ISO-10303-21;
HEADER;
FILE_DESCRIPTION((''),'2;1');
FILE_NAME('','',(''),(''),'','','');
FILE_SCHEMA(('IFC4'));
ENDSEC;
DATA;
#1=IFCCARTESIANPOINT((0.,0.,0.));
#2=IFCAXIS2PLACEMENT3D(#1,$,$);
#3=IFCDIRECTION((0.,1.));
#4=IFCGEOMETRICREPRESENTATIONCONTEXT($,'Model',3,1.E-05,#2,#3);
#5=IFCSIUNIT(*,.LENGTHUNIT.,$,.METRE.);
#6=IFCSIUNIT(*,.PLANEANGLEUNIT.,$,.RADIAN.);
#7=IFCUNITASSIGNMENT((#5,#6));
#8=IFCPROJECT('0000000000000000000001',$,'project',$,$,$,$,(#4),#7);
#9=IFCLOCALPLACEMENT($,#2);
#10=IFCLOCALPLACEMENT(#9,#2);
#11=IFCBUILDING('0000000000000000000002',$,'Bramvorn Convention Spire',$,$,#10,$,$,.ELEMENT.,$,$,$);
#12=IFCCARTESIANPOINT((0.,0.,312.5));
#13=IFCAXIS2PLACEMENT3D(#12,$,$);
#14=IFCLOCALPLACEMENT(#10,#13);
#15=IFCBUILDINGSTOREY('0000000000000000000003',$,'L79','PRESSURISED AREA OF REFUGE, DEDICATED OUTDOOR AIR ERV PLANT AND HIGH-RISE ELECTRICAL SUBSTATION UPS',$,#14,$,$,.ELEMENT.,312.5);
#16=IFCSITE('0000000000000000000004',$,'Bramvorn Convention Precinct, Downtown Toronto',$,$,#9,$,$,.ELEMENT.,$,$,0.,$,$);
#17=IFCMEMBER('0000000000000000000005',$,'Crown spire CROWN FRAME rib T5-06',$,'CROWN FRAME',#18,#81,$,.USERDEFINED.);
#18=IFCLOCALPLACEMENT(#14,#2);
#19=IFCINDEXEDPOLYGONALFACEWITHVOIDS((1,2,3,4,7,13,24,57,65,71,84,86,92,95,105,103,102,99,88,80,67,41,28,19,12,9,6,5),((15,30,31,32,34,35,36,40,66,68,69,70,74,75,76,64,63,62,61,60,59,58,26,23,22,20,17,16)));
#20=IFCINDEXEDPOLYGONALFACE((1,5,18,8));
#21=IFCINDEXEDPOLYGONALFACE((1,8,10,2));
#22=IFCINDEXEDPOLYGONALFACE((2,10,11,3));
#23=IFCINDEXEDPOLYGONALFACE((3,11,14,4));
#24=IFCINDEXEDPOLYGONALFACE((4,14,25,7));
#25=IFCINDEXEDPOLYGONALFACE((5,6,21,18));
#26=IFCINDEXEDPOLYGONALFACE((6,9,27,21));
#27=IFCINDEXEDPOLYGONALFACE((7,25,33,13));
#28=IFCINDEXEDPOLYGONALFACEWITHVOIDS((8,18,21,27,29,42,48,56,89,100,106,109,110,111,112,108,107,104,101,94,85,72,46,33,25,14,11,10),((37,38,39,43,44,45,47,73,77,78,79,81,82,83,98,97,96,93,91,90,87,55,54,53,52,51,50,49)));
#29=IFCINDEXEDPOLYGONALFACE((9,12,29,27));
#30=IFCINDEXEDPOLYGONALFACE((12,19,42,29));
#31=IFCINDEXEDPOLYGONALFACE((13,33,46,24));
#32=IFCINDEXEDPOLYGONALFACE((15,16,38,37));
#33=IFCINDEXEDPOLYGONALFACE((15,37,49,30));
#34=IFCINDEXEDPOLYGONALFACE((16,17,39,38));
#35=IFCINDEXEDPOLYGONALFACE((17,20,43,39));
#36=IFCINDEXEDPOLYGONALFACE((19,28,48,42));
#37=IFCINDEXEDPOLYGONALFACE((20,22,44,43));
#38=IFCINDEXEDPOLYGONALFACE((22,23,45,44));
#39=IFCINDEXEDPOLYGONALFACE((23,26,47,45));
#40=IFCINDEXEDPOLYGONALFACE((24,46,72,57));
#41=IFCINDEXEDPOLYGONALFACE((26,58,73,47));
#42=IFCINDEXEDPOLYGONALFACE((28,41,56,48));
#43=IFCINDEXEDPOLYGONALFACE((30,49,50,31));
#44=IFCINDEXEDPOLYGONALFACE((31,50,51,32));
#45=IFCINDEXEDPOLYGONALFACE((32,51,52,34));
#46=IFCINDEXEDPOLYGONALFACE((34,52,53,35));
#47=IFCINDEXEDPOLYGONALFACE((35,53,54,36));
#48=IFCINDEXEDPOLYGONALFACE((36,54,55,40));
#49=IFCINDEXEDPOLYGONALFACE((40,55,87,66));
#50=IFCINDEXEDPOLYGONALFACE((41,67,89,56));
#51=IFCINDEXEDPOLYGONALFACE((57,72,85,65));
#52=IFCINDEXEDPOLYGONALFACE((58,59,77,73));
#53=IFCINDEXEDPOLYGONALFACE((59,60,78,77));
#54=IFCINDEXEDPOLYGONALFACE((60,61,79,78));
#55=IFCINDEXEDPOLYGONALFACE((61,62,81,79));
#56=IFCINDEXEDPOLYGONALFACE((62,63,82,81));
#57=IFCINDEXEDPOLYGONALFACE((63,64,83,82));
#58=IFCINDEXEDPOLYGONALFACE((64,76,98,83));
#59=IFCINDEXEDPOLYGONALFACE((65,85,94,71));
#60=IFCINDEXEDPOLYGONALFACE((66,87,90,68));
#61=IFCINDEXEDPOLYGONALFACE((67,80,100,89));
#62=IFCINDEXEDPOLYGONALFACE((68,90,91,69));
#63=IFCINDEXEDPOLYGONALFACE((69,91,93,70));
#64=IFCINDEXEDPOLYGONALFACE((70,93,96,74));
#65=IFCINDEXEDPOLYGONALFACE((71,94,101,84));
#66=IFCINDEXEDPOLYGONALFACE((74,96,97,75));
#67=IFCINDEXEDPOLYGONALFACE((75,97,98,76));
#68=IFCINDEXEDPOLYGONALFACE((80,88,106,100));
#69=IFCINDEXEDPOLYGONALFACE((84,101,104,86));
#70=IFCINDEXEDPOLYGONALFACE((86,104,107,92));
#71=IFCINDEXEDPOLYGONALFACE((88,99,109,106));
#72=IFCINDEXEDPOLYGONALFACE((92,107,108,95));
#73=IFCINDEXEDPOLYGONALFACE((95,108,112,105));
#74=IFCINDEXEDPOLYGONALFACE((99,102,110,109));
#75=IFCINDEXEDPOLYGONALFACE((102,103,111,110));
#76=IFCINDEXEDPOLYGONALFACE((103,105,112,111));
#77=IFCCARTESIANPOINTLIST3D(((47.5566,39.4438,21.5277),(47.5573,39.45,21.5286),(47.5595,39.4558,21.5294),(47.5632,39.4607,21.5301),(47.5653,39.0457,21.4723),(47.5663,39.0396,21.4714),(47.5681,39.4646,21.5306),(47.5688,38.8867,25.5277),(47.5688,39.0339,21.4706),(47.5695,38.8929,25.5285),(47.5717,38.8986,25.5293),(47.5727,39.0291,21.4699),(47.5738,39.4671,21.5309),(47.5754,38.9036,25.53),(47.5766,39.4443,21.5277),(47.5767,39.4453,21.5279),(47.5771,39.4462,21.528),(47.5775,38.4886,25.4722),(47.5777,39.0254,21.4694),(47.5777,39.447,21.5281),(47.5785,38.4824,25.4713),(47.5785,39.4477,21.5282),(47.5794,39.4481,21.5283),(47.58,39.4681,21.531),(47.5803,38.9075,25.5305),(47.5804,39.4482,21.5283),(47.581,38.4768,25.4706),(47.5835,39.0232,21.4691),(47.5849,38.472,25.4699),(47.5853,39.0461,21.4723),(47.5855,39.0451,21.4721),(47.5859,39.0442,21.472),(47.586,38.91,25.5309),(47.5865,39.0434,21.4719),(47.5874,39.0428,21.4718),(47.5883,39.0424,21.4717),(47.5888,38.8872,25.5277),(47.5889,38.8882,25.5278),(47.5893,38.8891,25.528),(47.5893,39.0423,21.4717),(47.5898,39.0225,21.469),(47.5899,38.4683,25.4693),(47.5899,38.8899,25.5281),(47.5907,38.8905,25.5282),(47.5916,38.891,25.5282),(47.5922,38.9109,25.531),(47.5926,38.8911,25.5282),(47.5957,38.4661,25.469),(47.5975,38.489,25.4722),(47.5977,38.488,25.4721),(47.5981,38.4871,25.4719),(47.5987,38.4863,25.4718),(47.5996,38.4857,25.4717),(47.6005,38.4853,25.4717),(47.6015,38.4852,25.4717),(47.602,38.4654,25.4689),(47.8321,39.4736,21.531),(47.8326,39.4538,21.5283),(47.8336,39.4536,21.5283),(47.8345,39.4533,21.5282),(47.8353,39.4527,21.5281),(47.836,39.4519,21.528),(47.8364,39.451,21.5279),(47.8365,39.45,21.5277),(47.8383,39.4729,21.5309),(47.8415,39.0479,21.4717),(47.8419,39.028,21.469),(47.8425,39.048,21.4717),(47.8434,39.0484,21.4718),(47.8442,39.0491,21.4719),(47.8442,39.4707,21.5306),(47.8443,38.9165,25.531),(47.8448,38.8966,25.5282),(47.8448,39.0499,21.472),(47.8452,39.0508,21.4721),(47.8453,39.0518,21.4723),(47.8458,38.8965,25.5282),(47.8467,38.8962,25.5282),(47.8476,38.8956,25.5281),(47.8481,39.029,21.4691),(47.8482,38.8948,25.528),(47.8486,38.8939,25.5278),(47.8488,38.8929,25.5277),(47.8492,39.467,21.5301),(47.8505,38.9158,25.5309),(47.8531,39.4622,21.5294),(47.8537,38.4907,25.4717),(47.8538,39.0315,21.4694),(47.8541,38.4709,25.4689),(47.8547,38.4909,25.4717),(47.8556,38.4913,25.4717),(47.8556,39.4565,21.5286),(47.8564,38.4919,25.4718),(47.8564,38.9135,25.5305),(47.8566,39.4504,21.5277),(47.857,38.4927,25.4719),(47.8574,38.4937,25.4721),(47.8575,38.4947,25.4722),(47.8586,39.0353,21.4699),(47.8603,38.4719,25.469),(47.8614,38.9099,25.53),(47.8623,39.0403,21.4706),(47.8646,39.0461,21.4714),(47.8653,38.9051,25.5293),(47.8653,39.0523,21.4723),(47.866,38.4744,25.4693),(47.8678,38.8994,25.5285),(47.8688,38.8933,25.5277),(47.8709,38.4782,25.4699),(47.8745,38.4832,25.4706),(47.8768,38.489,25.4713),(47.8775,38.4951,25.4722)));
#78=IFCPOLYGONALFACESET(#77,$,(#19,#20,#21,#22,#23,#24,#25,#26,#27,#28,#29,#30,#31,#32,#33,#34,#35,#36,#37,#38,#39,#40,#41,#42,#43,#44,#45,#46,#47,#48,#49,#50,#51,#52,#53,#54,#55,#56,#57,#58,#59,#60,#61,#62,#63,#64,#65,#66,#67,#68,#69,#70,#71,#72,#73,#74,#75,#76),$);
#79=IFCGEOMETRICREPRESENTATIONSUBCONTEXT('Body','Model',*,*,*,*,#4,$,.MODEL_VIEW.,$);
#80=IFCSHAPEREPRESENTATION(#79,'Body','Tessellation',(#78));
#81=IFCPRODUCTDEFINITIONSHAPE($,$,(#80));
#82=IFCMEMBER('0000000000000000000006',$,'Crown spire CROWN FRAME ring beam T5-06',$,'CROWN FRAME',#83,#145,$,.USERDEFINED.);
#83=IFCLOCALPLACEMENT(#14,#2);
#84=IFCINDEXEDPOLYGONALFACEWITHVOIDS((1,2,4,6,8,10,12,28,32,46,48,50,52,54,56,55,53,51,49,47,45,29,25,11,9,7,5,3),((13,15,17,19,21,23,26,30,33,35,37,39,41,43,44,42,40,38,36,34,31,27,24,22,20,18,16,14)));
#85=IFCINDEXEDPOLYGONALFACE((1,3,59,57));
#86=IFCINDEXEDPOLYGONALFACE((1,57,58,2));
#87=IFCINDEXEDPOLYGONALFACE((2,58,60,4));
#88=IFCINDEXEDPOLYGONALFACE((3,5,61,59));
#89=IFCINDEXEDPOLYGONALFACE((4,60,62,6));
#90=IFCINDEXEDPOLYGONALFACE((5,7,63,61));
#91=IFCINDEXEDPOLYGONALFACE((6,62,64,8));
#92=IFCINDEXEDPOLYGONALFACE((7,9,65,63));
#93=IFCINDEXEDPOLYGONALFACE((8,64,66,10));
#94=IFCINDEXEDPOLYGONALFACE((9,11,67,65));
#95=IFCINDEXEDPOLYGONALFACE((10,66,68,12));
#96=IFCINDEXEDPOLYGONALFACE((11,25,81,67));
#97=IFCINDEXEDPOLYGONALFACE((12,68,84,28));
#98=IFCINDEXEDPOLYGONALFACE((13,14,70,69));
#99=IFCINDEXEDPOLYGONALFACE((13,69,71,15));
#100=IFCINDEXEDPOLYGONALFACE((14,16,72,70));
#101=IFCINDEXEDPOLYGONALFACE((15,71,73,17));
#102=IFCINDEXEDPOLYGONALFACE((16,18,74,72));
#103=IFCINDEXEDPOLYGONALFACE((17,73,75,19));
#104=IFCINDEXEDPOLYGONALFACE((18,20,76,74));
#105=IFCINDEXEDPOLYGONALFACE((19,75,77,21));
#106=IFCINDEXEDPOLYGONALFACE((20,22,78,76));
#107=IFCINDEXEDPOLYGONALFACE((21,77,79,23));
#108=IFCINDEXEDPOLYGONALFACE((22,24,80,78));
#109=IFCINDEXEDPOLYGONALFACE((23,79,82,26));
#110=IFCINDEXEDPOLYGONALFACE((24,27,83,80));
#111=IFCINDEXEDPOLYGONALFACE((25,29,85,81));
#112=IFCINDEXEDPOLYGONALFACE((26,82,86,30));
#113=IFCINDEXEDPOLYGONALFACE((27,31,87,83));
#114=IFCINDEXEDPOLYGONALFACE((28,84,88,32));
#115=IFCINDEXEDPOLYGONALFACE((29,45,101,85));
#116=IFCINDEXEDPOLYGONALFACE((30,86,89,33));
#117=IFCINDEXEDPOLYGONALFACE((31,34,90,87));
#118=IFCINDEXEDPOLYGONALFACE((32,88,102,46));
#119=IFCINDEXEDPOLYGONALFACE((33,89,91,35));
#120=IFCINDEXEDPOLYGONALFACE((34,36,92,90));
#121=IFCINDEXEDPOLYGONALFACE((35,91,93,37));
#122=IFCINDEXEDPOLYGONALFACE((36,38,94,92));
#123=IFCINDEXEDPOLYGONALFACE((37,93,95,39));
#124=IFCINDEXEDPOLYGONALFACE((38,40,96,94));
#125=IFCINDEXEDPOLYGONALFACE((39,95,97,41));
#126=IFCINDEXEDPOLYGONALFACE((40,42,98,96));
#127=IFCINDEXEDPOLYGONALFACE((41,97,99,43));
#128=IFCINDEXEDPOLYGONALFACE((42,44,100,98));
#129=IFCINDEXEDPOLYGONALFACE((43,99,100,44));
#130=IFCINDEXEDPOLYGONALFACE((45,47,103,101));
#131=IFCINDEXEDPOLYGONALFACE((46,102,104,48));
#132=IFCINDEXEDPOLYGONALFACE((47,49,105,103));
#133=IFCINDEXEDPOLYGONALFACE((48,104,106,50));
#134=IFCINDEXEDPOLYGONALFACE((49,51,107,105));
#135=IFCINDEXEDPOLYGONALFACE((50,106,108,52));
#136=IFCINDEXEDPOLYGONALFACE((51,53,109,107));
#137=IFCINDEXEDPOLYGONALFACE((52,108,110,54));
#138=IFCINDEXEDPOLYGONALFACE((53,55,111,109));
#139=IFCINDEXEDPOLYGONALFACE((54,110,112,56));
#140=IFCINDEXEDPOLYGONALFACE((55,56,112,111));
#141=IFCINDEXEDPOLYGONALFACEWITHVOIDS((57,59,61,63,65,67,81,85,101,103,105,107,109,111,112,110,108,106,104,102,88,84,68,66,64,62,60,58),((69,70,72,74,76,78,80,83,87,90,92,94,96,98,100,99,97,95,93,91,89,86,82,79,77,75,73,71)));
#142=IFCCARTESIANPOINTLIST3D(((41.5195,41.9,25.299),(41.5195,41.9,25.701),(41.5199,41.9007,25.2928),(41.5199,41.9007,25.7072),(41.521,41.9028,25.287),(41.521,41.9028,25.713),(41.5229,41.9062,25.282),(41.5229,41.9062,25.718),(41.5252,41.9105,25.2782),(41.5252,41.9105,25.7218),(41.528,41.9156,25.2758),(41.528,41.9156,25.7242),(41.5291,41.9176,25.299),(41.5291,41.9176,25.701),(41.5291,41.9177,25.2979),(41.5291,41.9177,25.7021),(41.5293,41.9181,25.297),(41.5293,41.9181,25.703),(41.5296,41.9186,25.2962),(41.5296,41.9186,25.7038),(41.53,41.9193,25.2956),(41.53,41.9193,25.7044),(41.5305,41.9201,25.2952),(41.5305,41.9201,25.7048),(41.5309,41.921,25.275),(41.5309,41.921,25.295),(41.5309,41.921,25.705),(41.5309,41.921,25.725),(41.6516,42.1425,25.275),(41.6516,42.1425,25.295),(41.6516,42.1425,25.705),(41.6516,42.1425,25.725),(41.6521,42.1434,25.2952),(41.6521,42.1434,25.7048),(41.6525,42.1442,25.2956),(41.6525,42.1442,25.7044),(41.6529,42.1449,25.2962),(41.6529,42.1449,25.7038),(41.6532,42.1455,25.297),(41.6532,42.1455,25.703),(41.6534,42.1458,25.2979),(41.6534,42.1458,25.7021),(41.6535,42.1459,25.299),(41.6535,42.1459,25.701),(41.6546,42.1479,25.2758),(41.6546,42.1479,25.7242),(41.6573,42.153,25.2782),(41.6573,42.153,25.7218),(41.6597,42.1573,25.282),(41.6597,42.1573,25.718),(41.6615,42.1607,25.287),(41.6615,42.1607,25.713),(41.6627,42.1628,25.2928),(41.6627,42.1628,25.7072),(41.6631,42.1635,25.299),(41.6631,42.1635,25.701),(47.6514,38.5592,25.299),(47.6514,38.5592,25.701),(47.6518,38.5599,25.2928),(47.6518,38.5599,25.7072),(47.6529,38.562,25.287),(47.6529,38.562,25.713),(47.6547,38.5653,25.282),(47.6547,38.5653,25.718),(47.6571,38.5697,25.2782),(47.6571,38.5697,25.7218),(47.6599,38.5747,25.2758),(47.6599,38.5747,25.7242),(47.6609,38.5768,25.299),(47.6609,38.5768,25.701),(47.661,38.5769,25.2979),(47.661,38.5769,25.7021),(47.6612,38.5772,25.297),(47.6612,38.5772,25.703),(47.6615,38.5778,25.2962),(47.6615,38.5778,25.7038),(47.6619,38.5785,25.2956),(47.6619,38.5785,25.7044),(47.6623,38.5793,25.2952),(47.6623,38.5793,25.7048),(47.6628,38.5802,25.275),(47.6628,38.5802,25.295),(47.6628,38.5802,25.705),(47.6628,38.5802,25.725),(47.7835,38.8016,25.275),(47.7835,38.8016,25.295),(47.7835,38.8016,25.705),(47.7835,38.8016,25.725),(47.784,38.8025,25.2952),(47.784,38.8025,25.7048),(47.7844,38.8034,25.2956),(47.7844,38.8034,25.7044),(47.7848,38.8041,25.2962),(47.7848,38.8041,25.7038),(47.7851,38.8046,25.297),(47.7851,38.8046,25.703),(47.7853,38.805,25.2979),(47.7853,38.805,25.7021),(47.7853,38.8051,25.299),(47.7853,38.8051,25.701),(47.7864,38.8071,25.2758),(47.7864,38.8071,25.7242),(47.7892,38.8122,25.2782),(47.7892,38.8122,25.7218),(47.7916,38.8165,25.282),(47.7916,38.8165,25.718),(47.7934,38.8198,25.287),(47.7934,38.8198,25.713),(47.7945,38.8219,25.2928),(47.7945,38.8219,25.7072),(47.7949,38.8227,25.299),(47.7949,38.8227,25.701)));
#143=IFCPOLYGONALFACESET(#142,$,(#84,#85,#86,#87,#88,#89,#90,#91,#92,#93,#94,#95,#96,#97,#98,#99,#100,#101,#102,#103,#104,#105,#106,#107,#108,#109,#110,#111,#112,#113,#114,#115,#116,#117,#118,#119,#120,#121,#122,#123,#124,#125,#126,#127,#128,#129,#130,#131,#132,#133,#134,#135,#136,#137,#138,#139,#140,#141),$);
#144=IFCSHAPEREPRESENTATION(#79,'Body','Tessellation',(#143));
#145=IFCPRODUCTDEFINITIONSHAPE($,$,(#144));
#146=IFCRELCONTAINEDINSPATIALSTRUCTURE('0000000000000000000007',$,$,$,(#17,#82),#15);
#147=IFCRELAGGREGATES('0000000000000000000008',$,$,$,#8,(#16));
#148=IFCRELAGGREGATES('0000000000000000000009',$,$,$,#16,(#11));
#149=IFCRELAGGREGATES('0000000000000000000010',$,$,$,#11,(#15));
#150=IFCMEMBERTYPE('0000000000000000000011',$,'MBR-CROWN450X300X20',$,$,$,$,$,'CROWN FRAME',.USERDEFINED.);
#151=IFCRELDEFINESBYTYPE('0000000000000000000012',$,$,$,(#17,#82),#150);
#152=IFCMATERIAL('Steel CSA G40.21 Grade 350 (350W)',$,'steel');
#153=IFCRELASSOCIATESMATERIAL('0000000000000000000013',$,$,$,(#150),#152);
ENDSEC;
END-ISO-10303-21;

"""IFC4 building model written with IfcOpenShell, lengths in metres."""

from ifc_helpers import new_model, si_unit, direction, frame, origin, origin_2d, place, context, subcontext, project, spatial, hollow_rectangle, extrude, material, material_profile, profile_set, type_object, element, save


model = new_model("IFC4")

# Units and contexts
model_context = context("Model", 3, precision=1e-05, world=origin(), true_north=direction((0.0, 1.0)))
body_context = subcontext(model_context, "Body", "Model", "MODEL_VIEW")
ifc_project = project(units=[si_unit("LENGTHUNIT", "METRE"), si_unit("PLANEANGLEUNIT", "RADIAN")], contexts=[model_context])

# Site, building, storey
site_placement = place(None, origin())
site = spatial("IfcSite", under=ifc_project, at=site_placement, Name="Bramvorn Convention Precinct, Downtown Toronto", CompositionType="ELEMENT", RefElevation=0.0)
building_placement = place(site_placement, origin())
building = spatial("IfcBuilding", under=site, at=building_placement, Name="Bramvorn Convention Spire", CompositionType="ELEMENT")
storey_placement = place(building_placement, frame((0.0, 0.0, 312.5)))
storey = spatial("IfcBuildingStorey", under=building, at=storey_placement, Name="L79", Description="PRESSURISED AREA OF REFUGE, DEDICATED OUTDOOR AIR ERV PLANT AND HIGH-RISE ELECTRICAL SUBSTATION UPS", CompositionType="ELEMENT", Elevation=312.5)

# Shared definitions
ifc_material_1 = material(Name="Steel CSA G40.21 Grade 350 (350W)", Category="steel")

# Members
ifc_material_profile_1 = material_profile(ifc_material_1, hollow_rectangle(XDim=0.3, YDim=0.45, WallThickness=0.02, InnerFilletRadius=0.0039, OuterFilletRadius=0.0239, at=origin_2d()))
ifc_profile_set_1 = profile_set([ifc_material_profile_1], Name="Steel CSA G40.21 Grade 350 (350W) - CROWN450X300X20")
member_type = type_object("IfcMemberType", Name="MBR-CROWN450X300X20", ElementType="CROWN FRAME", PredefinedType="USERDEFINED", material=ifc_profile_set_1)
member_1_placement = place(storey_placement, frame((47.7109, 39.248, 21.5), z_axis=(0.003023, -0.13795, 0.990435), x_axis=(0.99976, 0.021905, 0.0)))
element("IfcMember", 1, at=member_1_placement, inside=storey, type_object=member_type, Name="Crown spire CROWN FRAME rib T5-06", ObjectType="CROWN FRAME", PredefinedType="USERDEFINED", context=body_context, shape_type="SweptSolid", body=[
    extrude(hollow_rectangle(XDim=0.3, YDim=0.45, WallThickness=0.02, InnerFilletRadius=0.0039, OuterFilletRadius=0.0239, at=origin_2d()), origin(), (0.0, 0.0, 1.0), 4.0386),
])
member_2_placement = place(storey_placement, frame((47.7231, 38.6909, 25.5), z_axis=(-0.878125, 0.478431, 0.0), x_axis=(-0.478431, -0.878125, 0.0)))
element("IfcMember", 2, at=member_2_placement, inside=storey, type_object=member_type, Name="Crown spire CROWN FRAME ring beam T5-06", ObjectType="CROWN FRAME", PredefinedType="USERDEFINED", context=body_context, shape_type="SweptSolid", body=[
    extrude(hollow_rectangle(XDim=0.3, YDim=0.45, WallThickness=0.02, InnerFilletRadius=0.0039, OuterFilletRadius=0.0239, at=origin_2d()), origin(), (0.0, 0.0, 1.0), 6.9829),
])

save(model, "model.ifc")
